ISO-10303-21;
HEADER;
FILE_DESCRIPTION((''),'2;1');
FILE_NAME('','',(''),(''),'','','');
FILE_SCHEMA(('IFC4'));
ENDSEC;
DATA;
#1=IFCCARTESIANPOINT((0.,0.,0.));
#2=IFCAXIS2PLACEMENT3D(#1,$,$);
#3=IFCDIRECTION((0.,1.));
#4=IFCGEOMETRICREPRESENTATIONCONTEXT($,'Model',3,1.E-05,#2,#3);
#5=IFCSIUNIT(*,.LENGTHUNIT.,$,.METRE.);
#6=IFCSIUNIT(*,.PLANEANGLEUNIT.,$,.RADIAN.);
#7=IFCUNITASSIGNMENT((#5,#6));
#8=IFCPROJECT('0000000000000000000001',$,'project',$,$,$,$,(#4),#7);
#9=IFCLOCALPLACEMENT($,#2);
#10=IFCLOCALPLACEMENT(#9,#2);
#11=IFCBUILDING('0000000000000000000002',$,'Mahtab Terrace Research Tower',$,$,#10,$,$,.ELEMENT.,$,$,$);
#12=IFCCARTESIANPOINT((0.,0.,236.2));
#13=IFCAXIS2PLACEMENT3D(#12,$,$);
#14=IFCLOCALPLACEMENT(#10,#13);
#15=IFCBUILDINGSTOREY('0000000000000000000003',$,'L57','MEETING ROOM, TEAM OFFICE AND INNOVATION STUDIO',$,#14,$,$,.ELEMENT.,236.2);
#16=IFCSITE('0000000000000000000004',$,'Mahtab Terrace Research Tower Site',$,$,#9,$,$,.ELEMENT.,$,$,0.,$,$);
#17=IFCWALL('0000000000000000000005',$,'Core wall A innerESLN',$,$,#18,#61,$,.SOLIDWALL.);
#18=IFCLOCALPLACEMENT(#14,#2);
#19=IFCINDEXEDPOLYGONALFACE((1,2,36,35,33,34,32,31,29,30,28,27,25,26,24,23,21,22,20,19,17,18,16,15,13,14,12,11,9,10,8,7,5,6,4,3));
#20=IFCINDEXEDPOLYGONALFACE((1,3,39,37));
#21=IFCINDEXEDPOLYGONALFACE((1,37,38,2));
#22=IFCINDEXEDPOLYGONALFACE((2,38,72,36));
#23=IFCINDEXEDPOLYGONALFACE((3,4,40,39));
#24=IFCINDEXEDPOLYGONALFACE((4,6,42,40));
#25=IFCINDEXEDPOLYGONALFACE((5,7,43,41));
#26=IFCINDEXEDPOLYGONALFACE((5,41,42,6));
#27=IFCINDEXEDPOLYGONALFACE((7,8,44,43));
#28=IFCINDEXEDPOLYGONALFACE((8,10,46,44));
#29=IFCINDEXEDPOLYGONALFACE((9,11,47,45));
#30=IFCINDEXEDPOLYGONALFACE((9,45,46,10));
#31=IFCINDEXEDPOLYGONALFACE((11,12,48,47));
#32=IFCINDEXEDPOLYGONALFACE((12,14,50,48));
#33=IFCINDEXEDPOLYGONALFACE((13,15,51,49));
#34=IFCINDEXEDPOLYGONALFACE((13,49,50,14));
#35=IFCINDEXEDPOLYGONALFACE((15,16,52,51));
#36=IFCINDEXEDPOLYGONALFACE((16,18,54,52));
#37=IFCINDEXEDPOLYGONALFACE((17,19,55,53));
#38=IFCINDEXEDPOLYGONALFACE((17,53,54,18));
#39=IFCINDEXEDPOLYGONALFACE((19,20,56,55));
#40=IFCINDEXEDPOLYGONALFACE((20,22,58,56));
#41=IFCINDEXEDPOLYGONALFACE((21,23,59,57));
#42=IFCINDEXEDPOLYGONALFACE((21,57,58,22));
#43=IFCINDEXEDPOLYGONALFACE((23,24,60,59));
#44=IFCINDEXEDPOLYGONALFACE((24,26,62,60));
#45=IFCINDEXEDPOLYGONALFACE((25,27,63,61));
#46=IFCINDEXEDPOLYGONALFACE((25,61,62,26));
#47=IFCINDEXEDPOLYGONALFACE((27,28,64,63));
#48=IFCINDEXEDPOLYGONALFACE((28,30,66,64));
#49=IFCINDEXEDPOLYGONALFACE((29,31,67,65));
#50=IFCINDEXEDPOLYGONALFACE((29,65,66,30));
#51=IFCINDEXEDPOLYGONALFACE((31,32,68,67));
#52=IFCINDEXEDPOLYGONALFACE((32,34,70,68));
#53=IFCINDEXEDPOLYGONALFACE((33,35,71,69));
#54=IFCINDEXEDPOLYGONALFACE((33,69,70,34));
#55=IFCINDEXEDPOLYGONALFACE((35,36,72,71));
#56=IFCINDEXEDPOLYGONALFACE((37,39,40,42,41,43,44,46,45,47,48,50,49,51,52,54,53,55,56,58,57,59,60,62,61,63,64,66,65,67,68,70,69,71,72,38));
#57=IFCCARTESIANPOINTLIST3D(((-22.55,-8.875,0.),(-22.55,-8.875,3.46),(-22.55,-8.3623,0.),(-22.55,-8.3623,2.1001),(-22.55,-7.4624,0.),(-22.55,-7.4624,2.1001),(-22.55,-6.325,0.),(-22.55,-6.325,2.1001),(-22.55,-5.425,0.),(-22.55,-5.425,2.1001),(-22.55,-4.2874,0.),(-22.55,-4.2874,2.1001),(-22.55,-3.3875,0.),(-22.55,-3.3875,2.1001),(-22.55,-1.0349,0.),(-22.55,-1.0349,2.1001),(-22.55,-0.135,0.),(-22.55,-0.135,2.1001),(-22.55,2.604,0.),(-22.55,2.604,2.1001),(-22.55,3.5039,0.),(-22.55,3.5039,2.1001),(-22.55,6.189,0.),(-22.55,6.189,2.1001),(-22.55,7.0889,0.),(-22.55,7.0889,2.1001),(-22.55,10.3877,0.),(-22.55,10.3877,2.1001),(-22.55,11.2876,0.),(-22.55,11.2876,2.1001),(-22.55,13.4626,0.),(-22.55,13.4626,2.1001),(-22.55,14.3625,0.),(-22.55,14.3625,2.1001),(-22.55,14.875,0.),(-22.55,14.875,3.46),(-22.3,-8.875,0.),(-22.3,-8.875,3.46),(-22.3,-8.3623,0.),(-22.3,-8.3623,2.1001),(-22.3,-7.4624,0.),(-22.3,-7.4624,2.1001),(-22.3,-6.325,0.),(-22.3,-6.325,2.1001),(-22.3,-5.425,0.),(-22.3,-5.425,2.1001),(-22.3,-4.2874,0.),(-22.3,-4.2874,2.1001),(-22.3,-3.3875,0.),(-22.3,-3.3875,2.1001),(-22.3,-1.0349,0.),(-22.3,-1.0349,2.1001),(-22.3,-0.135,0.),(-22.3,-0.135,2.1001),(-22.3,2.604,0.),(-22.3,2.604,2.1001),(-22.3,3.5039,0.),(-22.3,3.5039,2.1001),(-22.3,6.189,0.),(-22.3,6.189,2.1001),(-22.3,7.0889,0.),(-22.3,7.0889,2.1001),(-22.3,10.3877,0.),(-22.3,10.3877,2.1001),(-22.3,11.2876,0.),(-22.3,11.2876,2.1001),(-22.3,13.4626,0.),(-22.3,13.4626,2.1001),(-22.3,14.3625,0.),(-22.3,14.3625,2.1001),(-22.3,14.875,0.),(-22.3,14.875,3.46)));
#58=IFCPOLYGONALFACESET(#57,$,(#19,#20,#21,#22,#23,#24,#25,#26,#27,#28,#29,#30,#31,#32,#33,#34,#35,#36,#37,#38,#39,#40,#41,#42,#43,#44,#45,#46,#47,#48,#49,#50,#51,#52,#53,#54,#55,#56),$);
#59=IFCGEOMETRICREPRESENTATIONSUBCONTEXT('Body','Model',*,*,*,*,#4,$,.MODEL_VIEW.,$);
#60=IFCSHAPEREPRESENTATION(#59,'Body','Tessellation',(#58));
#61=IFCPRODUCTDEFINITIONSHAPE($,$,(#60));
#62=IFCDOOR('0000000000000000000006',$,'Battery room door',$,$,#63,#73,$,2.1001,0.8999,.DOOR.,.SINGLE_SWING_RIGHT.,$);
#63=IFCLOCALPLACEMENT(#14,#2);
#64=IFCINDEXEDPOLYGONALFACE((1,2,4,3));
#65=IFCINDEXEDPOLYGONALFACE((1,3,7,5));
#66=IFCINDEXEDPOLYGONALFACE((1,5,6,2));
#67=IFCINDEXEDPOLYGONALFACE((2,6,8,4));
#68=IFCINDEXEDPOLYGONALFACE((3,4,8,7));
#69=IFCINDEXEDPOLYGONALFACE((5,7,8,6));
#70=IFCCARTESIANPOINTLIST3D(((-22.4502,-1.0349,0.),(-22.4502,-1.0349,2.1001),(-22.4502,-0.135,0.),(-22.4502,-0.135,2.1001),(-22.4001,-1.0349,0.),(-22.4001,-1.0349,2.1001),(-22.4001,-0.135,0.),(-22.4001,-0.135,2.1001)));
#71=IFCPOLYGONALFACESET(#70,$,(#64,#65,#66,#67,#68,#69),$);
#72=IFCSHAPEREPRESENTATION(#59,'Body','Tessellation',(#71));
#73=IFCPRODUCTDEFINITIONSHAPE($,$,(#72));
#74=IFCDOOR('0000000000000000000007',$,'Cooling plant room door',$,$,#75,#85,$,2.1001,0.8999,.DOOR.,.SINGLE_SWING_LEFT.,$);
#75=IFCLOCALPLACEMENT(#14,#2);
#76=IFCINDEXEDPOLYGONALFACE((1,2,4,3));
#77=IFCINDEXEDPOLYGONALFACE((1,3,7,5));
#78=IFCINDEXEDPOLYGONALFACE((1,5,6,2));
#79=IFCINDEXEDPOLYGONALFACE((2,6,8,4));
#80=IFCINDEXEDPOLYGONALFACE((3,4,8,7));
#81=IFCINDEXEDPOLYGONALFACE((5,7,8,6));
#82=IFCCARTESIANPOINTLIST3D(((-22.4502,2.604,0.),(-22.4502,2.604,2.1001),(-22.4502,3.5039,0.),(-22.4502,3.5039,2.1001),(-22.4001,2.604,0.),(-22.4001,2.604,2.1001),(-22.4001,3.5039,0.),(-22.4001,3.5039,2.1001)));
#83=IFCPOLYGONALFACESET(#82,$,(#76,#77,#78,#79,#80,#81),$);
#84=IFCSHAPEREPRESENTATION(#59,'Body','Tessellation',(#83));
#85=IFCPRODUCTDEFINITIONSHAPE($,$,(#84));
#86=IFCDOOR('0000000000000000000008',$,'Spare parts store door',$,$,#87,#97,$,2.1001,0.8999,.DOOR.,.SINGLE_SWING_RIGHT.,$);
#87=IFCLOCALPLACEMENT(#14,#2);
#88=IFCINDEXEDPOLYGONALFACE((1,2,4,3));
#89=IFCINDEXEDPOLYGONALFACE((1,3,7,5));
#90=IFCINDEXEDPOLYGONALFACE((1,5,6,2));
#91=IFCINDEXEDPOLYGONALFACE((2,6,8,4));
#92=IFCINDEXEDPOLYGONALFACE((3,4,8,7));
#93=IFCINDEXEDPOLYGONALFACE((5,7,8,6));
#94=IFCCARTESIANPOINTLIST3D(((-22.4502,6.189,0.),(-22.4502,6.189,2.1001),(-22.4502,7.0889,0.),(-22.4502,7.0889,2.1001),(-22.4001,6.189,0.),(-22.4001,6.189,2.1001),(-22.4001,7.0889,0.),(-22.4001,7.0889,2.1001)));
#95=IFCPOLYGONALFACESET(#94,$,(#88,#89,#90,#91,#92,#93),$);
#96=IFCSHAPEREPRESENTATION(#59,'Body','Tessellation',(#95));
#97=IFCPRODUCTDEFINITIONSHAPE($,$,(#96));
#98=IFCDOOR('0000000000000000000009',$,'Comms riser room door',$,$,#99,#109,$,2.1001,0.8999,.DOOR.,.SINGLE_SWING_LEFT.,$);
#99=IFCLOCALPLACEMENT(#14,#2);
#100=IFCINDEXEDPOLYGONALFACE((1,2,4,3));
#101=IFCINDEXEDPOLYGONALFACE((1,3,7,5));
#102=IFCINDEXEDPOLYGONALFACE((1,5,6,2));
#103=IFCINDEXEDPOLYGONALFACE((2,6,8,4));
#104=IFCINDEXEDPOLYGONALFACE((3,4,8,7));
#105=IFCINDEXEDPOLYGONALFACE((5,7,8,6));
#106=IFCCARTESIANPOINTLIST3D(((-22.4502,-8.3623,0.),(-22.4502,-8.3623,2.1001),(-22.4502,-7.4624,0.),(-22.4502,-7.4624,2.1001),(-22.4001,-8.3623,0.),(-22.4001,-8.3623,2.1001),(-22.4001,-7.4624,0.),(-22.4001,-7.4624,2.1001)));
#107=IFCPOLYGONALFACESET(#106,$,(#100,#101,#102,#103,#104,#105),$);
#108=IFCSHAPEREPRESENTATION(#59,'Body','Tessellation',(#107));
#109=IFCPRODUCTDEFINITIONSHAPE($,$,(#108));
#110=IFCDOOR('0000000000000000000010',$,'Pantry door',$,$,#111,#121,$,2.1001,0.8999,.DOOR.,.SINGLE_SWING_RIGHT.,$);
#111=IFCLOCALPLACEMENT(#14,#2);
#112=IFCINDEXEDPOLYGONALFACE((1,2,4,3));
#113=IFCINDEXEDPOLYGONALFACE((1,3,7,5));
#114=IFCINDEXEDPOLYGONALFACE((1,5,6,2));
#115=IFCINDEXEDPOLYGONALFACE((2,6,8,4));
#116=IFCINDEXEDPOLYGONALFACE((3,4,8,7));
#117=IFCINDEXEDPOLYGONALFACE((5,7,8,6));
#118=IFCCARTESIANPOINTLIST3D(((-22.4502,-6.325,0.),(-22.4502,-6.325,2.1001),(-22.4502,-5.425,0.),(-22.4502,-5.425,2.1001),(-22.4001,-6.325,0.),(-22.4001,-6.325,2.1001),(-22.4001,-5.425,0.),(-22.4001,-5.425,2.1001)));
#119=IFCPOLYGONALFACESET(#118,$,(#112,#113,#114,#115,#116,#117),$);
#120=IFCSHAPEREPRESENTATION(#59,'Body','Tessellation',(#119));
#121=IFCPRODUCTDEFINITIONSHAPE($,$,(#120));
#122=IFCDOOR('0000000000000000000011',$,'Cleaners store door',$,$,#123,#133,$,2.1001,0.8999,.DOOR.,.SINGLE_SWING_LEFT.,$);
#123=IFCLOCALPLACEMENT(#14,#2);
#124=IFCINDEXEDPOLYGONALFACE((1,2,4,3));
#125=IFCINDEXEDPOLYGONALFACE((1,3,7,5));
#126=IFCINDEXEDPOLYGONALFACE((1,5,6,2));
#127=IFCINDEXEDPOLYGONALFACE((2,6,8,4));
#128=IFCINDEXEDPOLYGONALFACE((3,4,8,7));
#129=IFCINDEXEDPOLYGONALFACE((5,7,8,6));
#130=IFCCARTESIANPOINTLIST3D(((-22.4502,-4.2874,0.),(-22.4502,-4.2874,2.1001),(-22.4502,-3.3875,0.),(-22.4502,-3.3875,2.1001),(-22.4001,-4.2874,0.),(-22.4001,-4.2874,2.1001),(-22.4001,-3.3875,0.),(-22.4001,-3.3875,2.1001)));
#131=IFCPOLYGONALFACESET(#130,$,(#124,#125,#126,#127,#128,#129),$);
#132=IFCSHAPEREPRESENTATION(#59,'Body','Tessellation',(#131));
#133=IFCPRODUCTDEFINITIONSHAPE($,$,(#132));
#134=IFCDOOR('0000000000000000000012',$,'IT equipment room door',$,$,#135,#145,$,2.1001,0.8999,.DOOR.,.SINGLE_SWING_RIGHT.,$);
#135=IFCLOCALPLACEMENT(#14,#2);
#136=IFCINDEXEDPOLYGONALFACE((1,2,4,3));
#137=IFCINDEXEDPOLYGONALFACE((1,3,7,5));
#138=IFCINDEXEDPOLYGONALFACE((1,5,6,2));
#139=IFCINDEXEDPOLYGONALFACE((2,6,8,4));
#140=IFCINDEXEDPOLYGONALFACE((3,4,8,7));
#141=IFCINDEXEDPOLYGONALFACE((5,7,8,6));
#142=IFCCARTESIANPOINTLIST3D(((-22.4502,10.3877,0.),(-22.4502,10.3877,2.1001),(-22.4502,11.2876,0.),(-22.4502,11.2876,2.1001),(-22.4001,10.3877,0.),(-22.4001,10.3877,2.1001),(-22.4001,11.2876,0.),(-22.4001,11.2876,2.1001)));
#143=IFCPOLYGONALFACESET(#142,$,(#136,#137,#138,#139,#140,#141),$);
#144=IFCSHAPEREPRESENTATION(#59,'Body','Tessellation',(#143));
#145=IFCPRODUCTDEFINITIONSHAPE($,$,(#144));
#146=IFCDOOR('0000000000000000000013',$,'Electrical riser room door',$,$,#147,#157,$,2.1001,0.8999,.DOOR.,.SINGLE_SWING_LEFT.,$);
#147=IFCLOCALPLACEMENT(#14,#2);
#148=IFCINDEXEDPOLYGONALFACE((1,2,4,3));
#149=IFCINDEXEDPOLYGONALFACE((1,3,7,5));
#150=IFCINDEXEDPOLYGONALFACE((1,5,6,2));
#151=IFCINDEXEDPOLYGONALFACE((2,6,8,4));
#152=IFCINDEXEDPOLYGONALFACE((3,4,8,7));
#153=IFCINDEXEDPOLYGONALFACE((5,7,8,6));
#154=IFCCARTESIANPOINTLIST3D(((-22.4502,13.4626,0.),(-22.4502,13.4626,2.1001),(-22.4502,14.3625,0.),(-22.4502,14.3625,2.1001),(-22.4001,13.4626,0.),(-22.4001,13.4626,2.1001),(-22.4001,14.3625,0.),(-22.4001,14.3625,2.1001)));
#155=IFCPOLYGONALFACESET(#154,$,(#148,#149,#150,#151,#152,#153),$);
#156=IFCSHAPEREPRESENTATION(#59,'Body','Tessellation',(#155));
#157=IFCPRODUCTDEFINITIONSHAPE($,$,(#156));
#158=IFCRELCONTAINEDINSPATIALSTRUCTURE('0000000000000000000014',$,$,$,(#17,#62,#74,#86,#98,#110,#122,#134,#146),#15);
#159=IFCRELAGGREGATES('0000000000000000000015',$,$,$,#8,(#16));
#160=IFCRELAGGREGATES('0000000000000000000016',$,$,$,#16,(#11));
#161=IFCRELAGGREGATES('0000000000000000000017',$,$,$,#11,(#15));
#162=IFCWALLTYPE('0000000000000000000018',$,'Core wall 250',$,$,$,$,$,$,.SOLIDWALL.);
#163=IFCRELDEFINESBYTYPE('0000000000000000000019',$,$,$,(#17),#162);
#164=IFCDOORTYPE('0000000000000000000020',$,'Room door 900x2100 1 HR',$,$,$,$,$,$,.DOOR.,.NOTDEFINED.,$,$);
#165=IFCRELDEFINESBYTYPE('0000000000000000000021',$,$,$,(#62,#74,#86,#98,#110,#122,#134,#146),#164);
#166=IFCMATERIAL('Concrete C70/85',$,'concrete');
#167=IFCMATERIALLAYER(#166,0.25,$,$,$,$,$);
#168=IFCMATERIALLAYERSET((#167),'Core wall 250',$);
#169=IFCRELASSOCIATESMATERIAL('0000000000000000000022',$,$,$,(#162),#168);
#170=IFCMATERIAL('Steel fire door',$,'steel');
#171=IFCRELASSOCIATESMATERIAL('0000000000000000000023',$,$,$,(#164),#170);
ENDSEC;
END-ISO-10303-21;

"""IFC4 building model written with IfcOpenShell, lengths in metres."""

from ifc_helpers import new_model, si_unit, direction, frame, frame_2d, origin, place, context, subcontext, project, spatial, rectangle, extrude, material, layer, layer_set, type_object, element, fill, save


model = new_model("IFC4")

# Units and contexts
model_context = context("Model", 3, precision=1e-05, world=origin(), true_north=direction((0.0, 1.0)))
body_context = subcontext(model_context, "Body", "Model", "MODEL_VIEW")
ifc_project = project(units=[si_unit("LENGTHUNIT", "METRE"), si_unit("PLANEANGLEUNIT", "RADIAN")], contexts=[model_context])

# Site, building, storey
site_placement = place(None, origin())
site = spatial("IfcSite", under=ifc_project, at=site_placement, Name="Mahtab Terrace Research Tower Site", CompositionType="ELEMENT", RefElevation=0.0)
building_placement = place(site_placement, origin())
building = spatial("IfcBuilding", under=site, at=building_placement, Name="Mahtab Terrace Research Tower", CompositionType="ELEMENT")
storey_placement = place(building_placement, frame((0.0, 0.0, 236.2)))
storey = spatial("IfcBuildingStorey", under=building, at=storey_placement, Name="L57", Description="MEETING ROOM, TEAM OFFICE AND INNOVATION STUDIO", CompositionType="ELEMENT", Elevation=236.2)

# Shared definitions
ifc_material_1 = material(Name="Concrete C70/85", Category="concrete")

# Wall, openings, doors
ifc_layer_1 = layer(ifc_material_1, 0.25)
ifc_layer_set_1 = layer_set([ifc_layer_1], Name="Core wall 250")
wall_type_1 = type_object("IfcWallType", Name="Core wall 250", PredefinedType="SOLIDWALL", material=ifc_layer_set_1)
wall_1_placement = place(storey_placement, frame((-22.425, 14.875, 0.0), z_axis=(0.0, 0.0, 1.0), x_axis=(0.0, -1.0, 0.0)))
wall_1 = element("IfcWall", 1, at=wall_1_placement, inside=storey, type_object=wall_type_1, Name="Core wall A innerESLN", PredefinedType="SOLIDWALL", context=body_context, shape_type="SweptSolid", body=[
    extrude(rectangle(XDim=23.75, YDim=0.25, at=frame_2d((11.875, 0.0))), origin(), (0.0, 0.0, 1.0), 3.46),
])
opening_1_placement = place(wall_1_placement, frame((15.01, 0.0, 0.0)))
opening_1 = element("IfcOpeningElement", 2, at=opening_1_placement, cuts=wall_1, PredefinedType="OPENING", context=body_context, shape_type="SweptSolid", body=[
    extrude(rectangle(XDim=0.8999, YDim=2.1001, at=frame_2d((0.45, 1.05))), frame((0.0, 0.135, 0.0), z_axis=(0.0, -1.0, 0.0), x_axis=(1.0, 0.0, 0.0)), (0.0, 0.0, 1.0), 0.27),
])
opening_2_placement = place(wall_1_placement, frame((11.3711, 0.0, 0.0)))
opening_2 = element("IfcOpeningElement", 3, at=opening_2_placement, cuts=wall_1, PredefinedType="OPENING", context=body_context, shape_type="SweptSolid", body=[
    extrude(rectangle(XDim=0.8999, YDim=2.1001, at=frame_2d((0.45, 1.05))), frame((0.0, 0.135, 0.0), z_axis=(0.0, -1.0, 0.0), x_axis=(1.0, 0.0, 0.0)), (0.0, 0.0, 1.0), 0.27),
])
opening_3_placement = place(wall_1_placement, frame((7.7861, 0.0, 0.0)))
opening_3 = element("IfcOpeningElement", 4, at=opening_3_placement, cuts=wall_1, PredefinedType="OPENING", context=body_context, shape_type="SweptSolid", body=[
    extrude(rectangle(XDim=0.8999, YDim=2.1001, at=frame_2d((0.45, 1.05))), frame((0.0, 0.135, 0.0), z_axis=(0.0, -1.0, 0.0), x_axis=(1.0, 0.0, 0.0)), (0.0, 0.0, 1.0), 0.27),
])
opening_4_placement = place(wall_1_placement, frame((22.3374, 0.0, 0.0)))
opening_4 = element("IfcOpeningElement", 5, at=opening_4_placement, cuts=wall_1, PredefinedType="OPENING", context=body_context, shape_type="SweptSolid", body=[
    extrude(rectangle(XDim=0.8999, YDim=2.1001, at=frame_2d((0.45, 1.05))), frame((0.0, 0.135, 0.0), z_axis=(0.0, -1.0, 0.0), x_axis=(1.0, 0.0, 0.0)), (0.0, 0.0, 1.0), 0.27),
])
opening_5_placement = place(wall_1_placement, frame((20.3, 0.0, 0.0)))
opening_5 = element("IfcOpeningElement", 6, at=opening_5_placement, cuts=wall_1, PredefinedType="OPENING", context=body_context, shape_type="SweptSolid", body=[
    extrude(rectangle(XDim=0.8999, YDim=2.1001, at=frame_2d((0.45, 1.05))), frame((0.0, 0.135, 0.0), z_axis=(0.0, -1.0, 0.0), x_axis=(1.0, 0.0, 0.0)), (0.0, 0.0, 1.0), 0.27),
])
opening_6_placement = place(wall_1_placement, frame((18.2625, 0.0, 0.0)))
opening_6 = element("IfcOpeningElement", 7, at=opening_6_placement, cuts=wall_1, PredefinedType="OPENING", context=body_context, shape_type="SweptSolid", body=[
    extrude(rectangle(XDim=0.8999, YDim=2.1001, at=frame_2d((0.45, 1.05))), frame((0.0, 0.135, 0.0), z_axis=(0.0, -1.0, 0.0), x_axis=(1.0, 0.0, 0.0)), (0.0, 0.0, 1.0), 0.27),
])
opening_7_placement = place(wall_1_placement, frame((3.5874, 0.0, 0.0)))
opening_7 = element("IfcOpeningElement", 8, at=opening_7_placement, cuts=wall_1, PredefinedType="OPENING", context=body_context, shape_type="SweptSolid", body=[
    extrude(rectangle(XDim=0.8999, YDim=2.1001, at=frame_2d((0.45, 1.05))), frame((0.0, 0.135, 0.0), z_axis=(0.0, -1.0, 0.0), x_axis=(1.0, 0.0, 0.0)), (0.0, 0.0, 1.0), 0.27),
])
opening_8_placement = place(wall_1_placement, frame((0.5125, 0.0, 0.0)))
opening_8 = element("IfcOpeningElement", 9, at=opening_8_placement, cuts=wall_1, PredefinedType="OPENING", context=body_context, shape_type="SweptSolid", body=[
    extrude(rectangle(XDim=0.8999, YDim=2.1001, at=frame_2d((0.45, 1.05))), frame((0.0, 0.135, 0.0), z_axis=(0.0, -1.0, 0.0), x_axis=(1.0, 0.0, 0.0)), (0.0, 0.0, 1.0), 0.27),
])
ifc_material_2 = material(Name="Steel fire door", Category="steel")
door_type = type_object("IfcDoorType", Name="Room door 900x2100 1 HR", OperationType="NOTDEFINED", PredefinedType="DOOR", material=ifc_material_2)
door_1_placement = place(opening_1_placement, origin())
door_1 = element("IfcDoor", 10, at=door_1_placement, inside=storey, type_object=door_type, Name="Battery room door", OperationType="SINGLE_SWING_RIGHT", OverallHeight=2.1001, OverallWidth=0.8999, PredefinedType="DOOR", context=body_context, shape_type="SweptSolid", body=[
    extrude(rectangle(XDim=0.8999, YDim=2.1001, at=frame_2d((0.45, 1.05))), frame((0.0, 0.0249, 0.0), z_axis=(0.0, -1.0, 0.0), x_axis=(1.0, 0.0, 0.0)), (0.0, 0.0, 1.0), 0.05),
])
fill(opening_1, door_1)
door_2_placement = place(opening_2_placement, origin())
door_2 = element("IfcDoor", 11, at=door_2_placement, inside=storey, type_object=door_type, Name="Cooling plant room door", OperationType="SINGLE_SWING_LEFT", OverallHeight=2.1001, OverallWidth=0.8999, PredefinedType="DOOR", context=body_context, shape_type="SweptSolid", body=[
    extrude(rectangle(XDim=0.8999, YDim=2.1001, at=frame_2d((0.45, 1.05))), frame((0.0, 0.0249, 0.0), z_axis=(0.0, -1.0, 0.0), x_axis=(1.0, 0.0, 0.0)), (0.0, 0.0, 1.0), 0.05),
])
fill(opening_2, door_2)
door_3_placement = place(opening_3_placement, origin())
door_3 = element("IfcDoor", 12, at=door_3_placement, inside=storey, type_object=door_type, Name="Spare parts store door", OperationType="SINGLE_SWING_RIGHT", OverallHeight=2.1001, OverallWidth=0.8999, PredefinedType="DOOR", context=body_context, shape_type="SweptSolid", body=[
    extrude(rectangle(XDim=0.8999, YDim=2.1001, at=frame_2d((0.45, 1.05))), frame((0.0, 0.0249, 0.0), z_axis=(0.0, -1.0, 0.0), x_axis=(1.0, 0.0, 0.0)), (0.0, 0.0, 1.0), 0.05),
])
fill(opening_3, door_3)
door_4_placement = place(opening_4_placement, origin())
door_4 = element("IfcDoor", 13, at=door_4_placement, inside=storey, type_object=door_type, Name="Comms riser room door", OperationType="SINGLE_SWING_LEFT", OverallHeight=2.1001, OverallWidth=0.8999, PredefinedType="DOOR", context=body_context, shape_type="SweptSolid", body=[
    extrude(rectangle(XDim=0.8999, YDim=2.1001, at=frame_2d((0.45, 1.05))), frame((0.0, 0.0249, 0.0), z_axis=(0.0, -1.0, 0.0), x_axis=(1.0, 0.0, 0.0)), (0.0, 0.0, 1.0), 0.05),
])
fill(opening_4, door_4)
door_5_placement = place(opening_5_placement, origin())
door_5 = element("IfcDoor", 14, at=door_5_placement, inside=storey, type_object=door_type, Name="Pantry door", OperationType="SINGLE_SWING_RIGHT", OverallHeight=2.1001, OverallWidth=0.8999, PredefinedType="DOOR", context=body_context, shape_type="SweptSolid", body=[
    extrude(rectangle(XDim=0.8999, YDim=2.1001, at=frame_2d((0.45, 1.05))), frame((0.0, 0.0249, 0.0), z_axis=(0.0, -1.0, 0.0), x_axis=(1.0, 0.0, 0.0)), (0.0, 0.0, 1.0), 0.05),
])
fill(opening_5, door_5)
door_6_placement = place(opening_6_placement, origin())
door_6 = element("IfcDoor", 15, at=door_6_placement, inside=storey, type_object=door_type, Name="Cleaners store door", OperationType="SINGLE_SWING_LEFT", OverallHeight=2.1001, OverallWidth=0.8999, PredefinedType="DOOR", context=body_context, shape_type="SweptSolid", body=[
    extrude(rectangle(XDim=0.8999, YDim=2.1001, at=frame_2d((0.45, 1.05))), frame((0.0, 0.0249, 0.0), z_axis=(0.0, -1.0, 0.0), x_axis=(1.0, 0.0, 0.0)), (0.0, 0.0, 1.0), 0.05),
])
fill(opening_6, door_6)
door_7_placement = place(opening_7_placement, origin())
door_7 = element("IfcDoor", 16, at=door_7_placement, inside=storey, type_object=door_type, Name="IT equipment room door", OperationType="SINGLE_SWING_RIGHT", OverallHeight=2.1001, OverallWidth=0.8999, PredefinedType="DOOR", context=body_context, shape_type="SweptSolid", body=[
    extrude(rectangle(XDim=0.8999, YDim=2.1001, at=frame_2d((0.45, 1.05))), frame((0.0, 0.0249, 0.0), z_axis=(0.0, -1.0, 0.0), x_axis=(1.0, 0.0, 0.0)), (0.0, 0.0, 1.0), 0.05),
])
fill(opening_7, door_7)
door_8_placement = place(opening_8_placement, origin())
door_8 = element("IfcDoor", 17, at=door_8_placement, inside=storey, type_object=door_type, Name="Electrical riser room door", OperationType="SINGLE_SWING_LEFT", OverallHeight=2.1001, OverallWidth=0.8999, PredefinedType="DOOR", context=body_context, shape_type="SweptSolid", body=[
    extrude(rectangle(XDim=0.8999, YDim=2.1001, at=frame_2d((0.45, 1.05))), frame((0.0, 0.0249, 0.0), z_axis=(0.0, -1.0, 0.0), x_axis=(1.0, 0.0, 0.0)), (0.0, 0.0, 1.0), 0.05),
])
fill(opening_8, door_8)

save(model, "model.ifc")
